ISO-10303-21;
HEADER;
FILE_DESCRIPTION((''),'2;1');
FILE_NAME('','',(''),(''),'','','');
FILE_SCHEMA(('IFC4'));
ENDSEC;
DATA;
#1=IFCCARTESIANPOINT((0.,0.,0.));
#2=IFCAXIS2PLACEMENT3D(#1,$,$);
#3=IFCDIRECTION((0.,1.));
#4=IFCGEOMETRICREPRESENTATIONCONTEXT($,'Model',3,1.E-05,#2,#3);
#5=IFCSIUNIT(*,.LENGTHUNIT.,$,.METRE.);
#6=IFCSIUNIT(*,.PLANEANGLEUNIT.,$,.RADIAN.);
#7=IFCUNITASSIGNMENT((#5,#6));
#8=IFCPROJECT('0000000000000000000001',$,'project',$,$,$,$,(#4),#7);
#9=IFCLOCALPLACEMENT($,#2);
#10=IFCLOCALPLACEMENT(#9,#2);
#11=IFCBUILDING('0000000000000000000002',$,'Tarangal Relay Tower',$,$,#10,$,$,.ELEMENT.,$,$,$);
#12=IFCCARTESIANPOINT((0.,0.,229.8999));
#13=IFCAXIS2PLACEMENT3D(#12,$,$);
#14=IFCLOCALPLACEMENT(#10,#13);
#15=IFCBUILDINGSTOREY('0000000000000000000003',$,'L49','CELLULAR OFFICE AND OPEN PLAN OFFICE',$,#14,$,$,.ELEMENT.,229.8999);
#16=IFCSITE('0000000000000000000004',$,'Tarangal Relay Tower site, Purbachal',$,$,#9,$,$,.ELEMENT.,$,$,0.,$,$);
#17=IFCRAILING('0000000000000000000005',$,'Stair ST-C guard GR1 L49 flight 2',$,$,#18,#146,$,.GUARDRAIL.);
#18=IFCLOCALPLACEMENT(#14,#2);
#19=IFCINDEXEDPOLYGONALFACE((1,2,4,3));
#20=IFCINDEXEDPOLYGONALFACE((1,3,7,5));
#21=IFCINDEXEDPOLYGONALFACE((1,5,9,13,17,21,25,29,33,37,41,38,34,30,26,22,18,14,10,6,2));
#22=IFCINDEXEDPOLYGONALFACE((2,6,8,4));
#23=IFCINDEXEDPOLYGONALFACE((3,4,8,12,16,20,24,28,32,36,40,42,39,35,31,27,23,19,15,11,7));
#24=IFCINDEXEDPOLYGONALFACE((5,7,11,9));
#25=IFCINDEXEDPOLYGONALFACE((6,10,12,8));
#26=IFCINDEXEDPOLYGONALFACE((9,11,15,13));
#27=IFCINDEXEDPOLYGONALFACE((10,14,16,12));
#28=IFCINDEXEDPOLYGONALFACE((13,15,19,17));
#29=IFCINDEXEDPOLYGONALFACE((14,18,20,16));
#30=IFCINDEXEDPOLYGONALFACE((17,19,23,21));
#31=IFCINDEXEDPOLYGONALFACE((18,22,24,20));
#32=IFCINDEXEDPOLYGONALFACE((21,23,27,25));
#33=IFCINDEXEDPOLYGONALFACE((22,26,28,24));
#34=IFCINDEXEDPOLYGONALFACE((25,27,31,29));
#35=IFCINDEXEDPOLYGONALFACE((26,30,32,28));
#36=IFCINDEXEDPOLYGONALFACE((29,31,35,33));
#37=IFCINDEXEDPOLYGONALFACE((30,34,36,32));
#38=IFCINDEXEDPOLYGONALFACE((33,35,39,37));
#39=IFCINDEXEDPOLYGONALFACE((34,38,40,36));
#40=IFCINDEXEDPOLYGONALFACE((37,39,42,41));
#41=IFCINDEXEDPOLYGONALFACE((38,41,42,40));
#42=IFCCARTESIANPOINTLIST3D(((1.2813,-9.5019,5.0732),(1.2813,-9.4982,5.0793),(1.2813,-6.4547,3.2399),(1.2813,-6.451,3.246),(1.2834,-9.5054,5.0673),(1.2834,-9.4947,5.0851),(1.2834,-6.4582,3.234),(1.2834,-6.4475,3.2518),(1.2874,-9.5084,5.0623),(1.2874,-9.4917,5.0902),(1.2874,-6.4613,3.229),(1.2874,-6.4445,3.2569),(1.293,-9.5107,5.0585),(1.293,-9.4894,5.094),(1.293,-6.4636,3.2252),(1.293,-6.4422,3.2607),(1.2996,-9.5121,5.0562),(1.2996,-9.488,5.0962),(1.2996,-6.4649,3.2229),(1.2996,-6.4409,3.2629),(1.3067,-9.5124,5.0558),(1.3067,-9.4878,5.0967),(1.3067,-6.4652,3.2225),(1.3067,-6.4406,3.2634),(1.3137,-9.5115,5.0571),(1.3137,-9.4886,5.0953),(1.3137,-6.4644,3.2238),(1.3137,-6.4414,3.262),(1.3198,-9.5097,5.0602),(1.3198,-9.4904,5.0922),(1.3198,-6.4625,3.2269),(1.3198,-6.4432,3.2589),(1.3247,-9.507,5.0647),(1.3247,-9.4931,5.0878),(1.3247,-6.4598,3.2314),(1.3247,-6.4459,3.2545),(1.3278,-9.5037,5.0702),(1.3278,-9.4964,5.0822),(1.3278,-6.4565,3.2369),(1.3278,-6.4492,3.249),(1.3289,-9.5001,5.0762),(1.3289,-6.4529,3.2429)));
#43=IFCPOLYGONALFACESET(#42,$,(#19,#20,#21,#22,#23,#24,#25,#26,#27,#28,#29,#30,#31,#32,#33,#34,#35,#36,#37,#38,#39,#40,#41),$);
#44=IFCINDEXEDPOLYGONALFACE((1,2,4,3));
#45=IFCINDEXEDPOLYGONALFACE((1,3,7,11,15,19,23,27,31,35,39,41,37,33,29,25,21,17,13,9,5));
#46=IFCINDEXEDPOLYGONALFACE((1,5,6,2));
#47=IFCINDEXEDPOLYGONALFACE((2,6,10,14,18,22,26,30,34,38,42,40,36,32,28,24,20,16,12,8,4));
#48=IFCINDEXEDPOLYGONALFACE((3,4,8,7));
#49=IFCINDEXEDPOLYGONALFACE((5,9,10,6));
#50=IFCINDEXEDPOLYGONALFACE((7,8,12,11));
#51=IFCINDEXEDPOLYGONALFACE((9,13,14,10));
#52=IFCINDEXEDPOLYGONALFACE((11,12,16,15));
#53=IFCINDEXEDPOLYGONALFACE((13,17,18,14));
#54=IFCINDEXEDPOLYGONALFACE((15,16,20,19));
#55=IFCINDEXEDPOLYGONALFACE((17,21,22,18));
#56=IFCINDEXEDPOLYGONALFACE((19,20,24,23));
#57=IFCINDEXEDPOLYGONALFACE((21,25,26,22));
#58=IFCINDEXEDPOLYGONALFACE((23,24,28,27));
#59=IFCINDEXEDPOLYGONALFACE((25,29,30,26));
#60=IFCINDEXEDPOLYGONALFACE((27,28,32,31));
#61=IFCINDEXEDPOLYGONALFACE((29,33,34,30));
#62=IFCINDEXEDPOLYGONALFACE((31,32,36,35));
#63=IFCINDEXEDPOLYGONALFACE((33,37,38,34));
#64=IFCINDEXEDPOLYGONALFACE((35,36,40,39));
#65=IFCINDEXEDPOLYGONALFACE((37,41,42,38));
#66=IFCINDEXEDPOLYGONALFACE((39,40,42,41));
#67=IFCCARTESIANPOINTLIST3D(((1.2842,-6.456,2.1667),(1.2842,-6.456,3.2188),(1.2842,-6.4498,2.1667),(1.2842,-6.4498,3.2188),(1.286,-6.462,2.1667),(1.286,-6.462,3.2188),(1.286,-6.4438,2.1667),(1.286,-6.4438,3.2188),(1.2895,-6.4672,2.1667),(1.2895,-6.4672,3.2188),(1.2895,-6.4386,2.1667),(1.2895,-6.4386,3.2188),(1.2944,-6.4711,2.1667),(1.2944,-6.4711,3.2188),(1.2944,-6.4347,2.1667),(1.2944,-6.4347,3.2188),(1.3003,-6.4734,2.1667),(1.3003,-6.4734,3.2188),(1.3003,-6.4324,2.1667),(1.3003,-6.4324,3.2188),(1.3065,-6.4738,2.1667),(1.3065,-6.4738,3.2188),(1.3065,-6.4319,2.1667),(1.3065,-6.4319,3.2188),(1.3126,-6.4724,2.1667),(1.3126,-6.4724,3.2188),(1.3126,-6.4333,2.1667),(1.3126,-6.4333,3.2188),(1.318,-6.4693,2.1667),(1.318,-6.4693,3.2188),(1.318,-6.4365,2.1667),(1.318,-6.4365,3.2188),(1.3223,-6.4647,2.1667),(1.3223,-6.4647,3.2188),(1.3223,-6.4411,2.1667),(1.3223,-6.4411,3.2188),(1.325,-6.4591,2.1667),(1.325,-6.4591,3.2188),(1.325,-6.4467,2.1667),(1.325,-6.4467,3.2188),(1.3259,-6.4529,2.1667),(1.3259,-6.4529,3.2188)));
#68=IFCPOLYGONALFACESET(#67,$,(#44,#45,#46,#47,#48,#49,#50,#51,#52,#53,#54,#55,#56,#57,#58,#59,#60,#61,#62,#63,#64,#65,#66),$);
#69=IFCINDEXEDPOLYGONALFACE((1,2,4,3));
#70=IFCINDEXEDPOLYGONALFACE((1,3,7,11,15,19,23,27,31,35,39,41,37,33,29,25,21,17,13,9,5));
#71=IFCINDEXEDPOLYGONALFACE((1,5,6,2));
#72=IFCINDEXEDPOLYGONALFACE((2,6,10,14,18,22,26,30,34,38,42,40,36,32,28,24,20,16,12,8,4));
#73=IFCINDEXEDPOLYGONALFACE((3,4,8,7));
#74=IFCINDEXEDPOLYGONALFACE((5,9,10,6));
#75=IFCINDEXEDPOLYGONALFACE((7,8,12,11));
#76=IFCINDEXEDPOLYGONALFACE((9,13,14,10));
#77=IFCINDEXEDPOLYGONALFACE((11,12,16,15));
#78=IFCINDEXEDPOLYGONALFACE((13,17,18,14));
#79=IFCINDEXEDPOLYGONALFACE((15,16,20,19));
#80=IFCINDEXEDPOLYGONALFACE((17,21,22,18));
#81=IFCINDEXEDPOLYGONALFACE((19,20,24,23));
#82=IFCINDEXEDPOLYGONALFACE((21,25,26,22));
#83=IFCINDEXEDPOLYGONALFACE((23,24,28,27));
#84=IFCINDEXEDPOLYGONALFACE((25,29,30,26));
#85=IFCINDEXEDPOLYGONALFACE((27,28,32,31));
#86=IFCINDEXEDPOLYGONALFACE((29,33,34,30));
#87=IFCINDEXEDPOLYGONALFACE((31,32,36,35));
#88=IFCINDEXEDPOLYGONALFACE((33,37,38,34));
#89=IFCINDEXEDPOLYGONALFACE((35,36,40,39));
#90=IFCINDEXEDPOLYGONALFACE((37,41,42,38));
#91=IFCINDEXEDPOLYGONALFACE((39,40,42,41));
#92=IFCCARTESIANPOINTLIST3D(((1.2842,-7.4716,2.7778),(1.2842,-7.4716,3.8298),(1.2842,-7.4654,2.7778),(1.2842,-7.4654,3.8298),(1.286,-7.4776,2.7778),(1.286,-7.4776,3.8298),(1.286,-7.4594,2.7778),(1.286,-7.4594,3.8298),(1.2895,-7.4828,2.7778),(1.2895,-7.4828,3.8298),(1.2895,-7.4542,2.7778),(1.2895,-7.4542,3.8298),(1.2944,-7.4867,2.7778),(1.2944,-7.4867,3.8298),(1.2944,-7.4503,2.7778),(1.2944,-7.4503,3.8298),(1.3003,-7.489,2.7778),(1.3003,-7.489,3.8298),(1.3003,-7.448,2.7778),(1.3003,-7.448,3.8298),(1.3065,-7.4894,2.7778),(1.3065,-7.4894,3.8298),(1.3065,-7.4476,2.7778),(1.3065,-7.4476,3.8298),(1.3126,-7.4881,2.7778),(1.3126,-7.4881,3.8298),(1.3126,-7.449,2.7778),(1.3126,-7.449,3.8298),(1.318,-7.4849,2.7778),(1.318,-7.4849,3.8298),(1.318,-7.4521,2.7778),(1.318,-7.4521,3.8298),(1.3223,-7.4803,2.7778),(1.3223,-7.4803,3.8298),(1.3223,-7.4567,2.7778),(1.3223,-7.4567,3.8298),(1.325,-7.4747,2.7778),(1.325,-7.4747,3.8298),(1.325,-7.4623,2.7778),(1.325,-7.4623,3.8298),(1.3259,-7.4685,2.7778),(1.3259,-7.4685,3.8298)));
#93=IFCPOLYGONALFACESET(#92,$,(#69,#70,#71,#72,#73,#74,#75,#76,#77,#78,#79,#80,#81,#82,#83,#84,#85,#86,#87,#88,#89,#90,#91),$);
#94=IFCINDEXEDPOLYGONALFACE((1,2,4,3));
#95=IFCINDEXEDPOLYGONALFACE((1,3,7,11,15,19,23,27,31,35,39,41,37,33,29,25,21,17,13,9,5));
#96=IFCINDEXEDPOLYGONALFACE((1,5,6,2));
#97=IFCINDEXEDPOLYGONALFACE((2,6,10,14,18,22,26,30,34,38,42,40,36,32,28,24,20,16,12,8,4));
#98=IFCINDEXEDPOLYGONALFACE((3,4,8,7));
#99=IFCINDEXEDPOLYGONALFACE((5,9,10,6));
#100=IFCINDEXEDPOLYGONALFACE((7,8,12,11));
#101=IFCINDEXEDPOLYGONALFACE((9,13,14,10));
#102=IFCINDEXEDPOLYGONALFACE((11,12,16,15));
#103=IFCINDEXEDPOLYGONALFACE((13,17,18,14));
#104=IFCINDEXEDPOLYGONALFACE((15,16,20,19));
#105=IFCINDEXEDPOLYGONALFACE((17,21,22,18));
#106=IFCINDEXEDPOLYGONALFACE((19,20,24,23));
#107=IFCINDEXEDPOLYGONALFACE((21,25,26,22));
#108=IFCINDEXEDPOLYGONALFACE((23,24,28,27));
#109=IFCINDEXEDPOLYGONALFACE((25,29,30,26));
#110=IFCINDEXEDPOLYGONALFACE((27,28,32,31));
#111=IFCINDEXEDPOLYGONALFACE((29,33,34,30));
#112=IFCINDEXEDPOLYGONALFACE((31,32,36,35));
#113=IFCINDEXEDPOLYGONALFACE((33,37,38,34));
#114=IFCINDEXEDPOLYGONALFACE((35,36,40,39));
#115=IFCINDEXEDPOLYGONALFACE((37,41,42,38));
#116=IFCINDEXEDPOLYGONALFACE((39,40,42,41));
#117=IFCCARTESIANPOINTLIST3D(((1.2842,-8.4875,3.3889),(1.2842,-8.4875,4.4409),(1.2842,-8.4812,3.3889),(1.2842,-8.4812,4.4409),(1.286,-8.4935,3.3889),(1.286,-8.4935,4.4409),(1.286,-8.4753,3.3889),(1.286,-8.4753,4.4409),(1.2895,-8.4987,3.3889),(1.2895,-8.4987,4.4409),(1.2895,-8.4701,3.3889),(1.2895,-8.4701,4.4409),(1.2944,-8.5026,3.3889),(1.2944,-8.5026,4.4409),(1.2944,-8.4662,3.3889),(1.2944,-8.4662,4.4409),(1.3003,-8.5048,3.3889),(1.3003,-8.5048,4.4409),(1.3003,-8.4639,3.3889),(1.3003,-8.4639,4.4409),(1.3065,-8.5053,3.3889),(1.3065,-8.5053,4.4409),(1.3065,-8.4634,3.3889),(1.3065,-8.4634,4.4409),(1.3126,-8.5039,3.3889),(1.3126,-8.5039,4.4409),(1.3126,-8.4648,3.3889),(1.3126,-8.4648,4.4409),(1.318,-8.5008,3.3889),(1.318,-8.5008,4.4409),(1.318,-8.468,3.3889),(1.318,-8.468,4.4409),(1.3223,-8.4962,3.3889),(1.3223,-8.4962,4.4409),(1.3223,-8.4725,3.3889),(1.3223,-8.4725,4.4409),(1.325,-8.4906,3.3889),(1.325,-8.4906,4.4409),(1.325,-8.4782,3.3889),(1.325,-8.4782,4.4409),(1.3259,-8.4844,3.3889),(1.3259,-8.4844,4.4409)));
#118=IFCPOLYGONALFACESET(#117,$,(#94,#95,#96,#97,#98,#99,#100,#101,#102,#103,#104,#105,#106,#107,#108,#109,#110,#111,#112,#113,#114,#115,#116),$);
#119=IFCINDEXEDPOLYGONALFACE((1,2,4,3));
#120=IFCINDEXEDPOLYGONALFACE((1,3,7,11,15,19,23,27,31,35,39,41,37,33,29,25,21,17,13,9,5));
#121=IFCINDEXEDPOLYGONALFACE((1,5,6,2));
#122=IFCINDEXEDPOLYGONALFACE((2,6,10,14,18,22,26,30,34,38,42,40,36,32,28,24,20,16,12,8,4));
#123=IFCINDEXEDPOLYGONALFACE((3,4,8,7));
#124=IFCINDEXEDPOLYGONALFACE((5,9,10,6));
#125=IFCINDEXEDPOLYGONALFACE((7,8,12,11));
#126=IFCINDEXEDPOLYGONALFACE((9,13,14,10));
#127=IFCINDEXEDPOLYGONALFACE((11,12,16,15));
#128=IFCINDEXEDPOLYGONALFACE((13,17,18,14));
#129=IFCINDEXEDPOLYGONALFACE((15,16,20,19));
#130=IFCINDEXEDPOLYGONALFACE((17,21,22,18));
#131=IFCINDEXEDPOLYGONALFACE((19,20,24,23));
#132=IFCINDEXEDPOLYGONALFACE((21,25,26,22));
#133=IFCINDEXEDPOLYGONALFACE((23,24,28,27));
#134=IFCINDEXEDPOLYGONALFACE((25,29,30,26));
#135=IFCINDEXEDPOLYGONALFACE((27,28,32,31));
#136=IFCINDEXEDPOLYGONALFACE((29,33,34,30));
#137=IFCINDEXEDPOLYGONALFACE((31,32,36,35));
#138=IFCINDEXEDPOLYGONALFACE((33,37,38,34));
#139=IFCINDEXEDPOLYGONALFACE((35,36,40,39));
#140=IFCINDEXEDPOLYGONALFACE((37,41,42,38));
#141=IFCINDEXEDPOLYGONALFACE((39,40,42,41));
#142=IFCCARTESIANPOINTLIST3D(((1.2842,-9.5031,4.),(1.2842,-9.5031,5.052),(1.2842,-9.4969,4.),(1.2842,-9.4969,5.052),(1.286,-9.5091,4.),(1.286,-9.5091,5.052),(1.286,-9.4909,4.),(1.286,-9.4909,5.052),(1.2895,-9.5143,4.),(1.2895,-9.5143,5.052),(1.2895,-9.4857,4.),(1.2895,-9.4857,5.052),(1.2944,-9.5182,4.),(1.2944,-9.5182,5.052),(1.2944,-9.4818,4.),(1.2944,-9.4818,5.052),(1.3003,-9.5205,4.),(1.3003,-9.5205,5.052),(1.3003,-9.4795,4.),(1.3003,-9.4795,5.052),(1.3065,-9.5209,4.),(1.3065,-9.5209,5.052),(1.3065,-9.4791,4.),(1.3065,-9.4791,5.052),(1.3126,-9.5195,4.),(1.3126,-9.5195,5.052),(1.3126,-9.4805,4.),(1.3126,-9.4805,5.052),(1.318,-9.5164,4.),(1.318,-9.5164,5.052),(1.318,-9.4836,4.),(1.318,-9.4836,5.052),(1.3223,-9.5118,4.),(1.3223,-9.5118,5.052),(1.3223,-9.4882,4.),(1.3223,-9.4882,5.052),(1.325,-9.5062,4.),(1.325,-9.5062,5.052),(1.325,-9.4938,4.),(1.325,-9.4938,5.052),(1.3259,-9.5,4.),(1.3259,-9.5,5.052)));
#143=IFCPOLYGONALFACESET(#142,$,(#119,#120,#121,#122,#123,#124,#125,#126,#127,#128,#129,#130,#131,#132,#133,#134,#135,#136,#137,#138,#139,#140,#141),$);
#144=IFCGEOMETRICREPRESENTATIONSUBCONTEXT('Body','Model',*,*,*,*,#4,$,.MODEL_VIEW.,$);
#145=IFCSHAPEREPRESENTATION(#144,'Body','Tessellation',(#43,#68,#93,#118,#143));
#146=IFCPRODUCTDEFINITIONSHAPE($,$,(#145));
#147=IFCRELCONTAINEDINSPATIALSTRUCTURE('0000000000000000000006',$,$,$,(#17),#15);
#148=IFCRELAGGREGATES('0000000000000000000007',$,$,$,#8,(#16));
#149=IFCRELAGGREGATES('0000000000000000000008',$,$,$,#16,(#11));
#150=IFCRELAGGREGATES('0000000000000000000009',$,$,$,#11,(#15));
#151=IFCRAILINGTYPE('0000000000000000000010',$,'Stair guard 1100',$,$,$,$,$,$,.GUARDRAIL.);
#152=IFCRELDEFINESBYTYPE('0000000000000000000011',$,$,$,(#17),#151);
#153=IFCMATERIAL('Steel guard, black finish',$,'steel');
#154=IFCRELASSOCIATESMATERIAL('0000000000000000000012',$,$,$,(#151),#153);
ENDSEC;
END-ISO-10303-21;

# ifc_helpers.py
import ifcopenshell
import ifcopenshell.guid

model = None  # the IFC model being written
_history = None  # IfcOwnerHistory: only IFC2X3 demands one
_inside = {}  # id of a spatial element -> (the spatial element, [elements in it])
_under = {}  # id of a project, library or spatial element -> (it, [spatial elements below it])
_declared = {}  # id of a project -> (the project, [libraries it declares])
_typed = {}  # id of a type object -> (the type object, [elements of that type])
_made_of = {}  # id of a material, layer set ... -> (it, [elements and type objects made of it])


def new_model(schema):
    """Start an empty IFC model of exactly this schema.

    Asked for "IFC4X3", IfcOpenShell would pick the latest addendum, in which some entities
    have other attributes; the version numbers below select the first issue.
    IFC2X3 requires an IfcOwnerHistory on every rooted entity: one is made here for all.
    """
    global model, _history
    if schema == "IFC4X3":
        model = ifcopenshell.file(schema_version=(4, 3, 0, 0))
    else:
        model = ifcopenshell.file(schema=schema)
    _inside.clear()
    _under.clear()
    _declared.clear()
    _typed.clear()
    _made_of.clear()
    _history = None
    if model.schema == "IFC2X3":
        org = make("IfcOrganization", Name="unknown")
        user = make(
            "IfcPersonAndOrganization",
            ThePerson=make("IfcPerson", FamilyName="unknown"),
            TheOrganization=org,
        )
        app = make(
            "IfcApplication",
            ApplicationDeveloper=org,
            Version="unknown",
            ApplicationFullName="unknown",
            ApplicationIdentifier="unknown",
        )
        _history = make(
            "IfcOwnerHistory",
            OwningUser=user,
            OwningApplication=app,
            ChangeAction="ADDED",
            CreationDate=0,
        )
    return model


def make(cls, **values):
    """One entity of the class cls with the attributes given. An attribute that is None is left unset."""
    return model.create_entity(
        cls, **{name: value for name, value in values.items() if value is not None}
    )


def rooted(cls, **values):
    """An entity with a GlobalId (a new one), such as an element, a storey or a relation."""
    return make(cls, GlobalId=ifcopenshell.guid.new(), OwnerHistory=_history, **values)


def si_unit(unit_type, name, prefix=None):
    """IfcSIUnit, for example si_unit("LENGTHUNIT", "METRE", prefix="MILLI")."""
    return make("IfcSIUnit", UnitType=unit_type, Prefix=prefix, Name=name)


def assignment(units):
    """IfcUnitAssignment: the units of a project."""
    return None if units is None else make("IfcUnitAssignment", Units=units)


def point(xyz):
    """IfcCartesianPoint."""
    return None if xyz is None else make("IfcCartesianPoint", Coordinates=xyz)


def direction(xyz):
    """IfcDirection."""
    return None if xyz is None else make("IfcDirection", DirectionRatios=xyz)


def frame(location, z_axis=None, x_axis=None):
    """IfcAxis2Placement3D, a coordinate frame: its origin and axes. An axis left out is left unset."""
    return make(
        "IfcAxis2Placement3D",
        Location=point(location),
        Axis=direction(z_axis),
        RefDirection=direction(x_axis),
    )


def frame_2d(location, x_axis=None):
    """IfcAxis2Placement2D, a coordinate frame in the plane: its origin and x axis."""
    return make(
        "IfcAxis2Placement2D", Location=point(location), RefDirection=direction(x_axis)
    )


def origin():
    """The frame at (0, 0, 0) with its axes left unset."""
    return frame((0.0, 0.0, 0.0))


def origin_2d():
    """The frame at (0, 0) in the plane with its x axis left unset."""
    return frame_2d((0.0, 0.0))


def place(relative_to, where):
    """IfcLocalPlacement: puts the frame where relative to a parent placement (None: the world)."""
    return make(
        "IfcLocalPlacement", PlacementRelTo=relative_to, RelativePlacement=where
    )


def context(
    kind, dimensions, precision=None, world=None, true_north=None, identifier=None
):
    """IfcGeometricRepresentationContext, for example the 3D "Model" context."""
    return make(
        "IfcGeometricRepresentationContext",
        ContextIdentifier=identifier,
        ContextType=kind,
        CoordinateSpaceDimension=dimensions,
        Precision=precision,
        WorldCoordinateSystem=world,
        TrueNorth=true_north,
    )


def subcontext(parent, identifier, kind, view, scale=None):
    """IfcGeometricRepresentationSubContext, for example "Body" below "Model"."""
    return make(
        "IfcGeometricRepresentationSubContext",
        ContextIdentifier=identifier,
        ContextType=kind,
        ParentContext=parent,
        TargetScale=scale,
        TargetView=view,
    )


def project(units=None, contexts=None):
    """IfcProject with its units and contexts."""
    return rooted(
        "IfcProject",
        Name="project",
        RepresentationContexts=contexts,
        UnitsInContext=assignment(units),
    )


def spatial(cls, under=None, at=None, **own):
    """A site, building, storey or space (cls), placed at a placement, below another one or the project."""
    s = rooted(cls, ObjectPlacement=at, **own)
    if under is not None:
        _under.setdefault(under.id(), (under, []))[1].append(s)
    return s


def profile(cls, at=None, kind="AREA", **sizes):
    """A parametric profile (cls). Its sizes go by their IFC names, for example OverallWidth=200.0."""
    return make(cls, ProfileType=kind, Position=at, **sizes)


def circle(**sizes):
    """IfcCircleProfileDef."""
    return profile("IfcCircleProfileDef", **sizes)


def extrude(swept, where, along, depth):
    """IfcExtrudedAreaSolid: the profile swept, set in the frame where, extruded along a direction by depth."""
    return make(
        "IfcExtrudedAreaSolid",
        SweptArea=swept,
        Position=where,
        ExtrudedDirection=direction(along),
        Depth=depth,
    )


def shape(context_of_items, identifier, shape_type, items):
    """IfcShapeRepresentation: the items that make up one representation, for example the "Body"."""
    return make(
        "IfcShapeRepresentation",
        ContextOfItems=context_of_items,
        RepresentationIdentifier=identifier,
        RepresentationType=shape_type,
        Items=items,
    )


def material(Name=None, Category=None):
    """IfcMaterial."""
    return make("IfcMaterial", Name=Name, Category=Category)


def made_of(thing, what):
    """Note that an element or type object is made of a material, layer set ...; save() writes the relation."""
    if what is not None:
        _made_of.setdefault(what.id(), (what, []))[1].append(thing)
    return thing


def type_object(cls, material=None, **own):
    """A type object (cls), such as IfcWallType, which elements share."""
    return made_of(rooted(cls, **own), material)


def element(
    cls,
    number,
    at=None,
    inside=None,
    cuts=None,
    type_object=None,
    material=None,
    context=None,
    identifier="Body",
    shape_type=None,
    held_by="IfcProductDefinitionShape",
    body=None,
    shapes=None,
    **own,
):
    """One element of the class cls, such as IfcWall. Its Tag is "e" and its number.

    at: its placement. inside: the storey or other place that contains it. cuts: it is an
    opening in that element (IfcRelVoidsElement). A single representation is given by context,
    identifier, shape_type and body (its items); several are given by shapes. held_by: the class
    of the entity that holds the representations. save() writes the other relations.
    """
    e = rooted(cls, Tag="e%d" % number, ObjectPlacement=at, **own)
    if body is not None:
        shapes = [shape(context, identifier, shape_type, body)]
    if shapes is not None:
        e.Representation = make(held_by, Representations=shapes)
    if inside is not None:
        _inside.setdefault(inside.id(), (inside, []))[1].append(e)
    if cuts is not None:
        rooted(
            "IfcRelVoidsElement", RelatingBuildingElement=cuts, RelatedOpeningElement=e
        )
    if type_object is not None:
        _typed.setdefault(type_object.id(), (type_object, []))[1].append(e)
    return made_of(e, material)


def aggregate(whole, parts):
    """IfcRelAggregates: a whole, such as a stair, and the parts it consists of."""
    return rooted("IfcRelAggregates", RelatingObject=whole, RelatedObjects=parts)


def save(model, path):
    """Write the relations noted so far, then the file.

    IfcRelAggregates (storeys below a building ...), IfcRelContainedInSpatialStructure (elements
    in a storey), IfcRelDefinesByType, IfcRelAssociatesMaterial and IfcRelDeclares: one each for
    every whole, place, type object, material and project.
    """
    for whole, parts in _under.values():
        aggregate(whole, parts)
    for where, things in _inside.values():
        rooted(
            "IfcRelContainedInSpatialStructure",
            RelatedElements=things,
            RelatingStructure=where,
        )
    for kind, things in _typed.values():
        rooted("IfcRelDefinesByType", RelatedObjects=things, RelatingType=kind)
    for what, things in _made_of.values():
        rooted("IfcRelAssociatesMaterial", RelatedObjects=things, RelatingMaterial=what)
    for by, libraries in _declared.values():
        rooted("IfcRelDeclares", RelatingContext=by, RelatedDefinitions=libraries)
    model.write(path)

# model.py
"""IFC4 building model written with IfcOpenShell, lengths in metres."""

from ifc_helpers import new_model, si_unit, direction, frame, origin, origin_2d, place, context, subcontext, project, spatial, circle, extrude, material, type_object, element, save


model = new_model("IFC4")

# Units and contexts
model_context = context("Model", 3, precision=1e-05, world=origin(), true_north=direction((0.0, 1.0)))
body_context = subcontext(model_context, "Body", "Model", "MODEL_VIEW")
ifc_project = project(units=[si_unit("LENGTHUNIT", "METRE"), si_unit("PLANEANGLEUNIT", "RADIAN")], contexts=[model_context])

# Site, building, storey
site_placement = place(None, origin())
site = spatial("IfcSite", under=ifc_project, at=site_placement, Name="Tarangal Relay Tower site, Purbachal", CompositionType="ELEMENT", RefElevation=0.0)
building_placement = place(site_placement, origin())
building = spatial("IfcBuilding", under=site, at=building_placement, Name="Tarangal Relay Tower", CompositionType="ELEMENT")
storey_placement = place(building_placement, frame((0.0, 0.0, 229.8999)))
storey = spatial("IfcBuildingStorey", under=building, at=storey_placement, Name="L49", Description="CELLULAR OFFICE AND OPEN PLAN OFFICE", CompositionType="ELEMENT", Elevation=229.8999)

# Railing
ifc_material_1 = material(Name="Steel guard, black finish", Category="steel")
railing_type_1 = type_object("IfcRailingType", Name="Stair guard 1100", PredefinedType="GUARDRAIL", material=ifc_material_1)
railing_1_placement = place(storey_placement, frame((1.3049, -6.4529, 2.1667)))
element("IfcRailing", 1, at=railing_1_placement, inside=storey, type_object=railing_type_1, Name="Stair ST-C guard GR1 L49 flight 2", PredefinedType="GUARDRAIL", context=body_context, shape_type="SweptSolid", body=[
    extrude(circle(Radius=0.0239, at=origin_2d()), frame((0.0, 0.0, 1.0762), z_axis=(0.0, -0.856874, 0.515525), x_axis=(1.0, 0.0, 0.0)), (0.0, 0.0, 1.0), 3.5562),
    extrude(circle(Radius=0.021, at=origin_2d()), origin(), (0.0, 0.0, 1.0), 1.052),
    extrude(circle(Radius=0.021, at=origin_2d()), frame((0.0, -1.0156, 0.6111)), (0.0, 0.0, 1.0), 1.052),
    extrude(circle(Radius=0.021, at=origin_2d()), frame((0.0, -2.0315, 1.2222)), (0.0, 0.0, 1.0), 1.052),
    extrude(circle(Radius=0.021, at=origin_2d()), frame((0.0, -3.0471, 1.8333)), (0.0, 0.0, 1.0), 1.052),
])

save(model, "model.ifc")
